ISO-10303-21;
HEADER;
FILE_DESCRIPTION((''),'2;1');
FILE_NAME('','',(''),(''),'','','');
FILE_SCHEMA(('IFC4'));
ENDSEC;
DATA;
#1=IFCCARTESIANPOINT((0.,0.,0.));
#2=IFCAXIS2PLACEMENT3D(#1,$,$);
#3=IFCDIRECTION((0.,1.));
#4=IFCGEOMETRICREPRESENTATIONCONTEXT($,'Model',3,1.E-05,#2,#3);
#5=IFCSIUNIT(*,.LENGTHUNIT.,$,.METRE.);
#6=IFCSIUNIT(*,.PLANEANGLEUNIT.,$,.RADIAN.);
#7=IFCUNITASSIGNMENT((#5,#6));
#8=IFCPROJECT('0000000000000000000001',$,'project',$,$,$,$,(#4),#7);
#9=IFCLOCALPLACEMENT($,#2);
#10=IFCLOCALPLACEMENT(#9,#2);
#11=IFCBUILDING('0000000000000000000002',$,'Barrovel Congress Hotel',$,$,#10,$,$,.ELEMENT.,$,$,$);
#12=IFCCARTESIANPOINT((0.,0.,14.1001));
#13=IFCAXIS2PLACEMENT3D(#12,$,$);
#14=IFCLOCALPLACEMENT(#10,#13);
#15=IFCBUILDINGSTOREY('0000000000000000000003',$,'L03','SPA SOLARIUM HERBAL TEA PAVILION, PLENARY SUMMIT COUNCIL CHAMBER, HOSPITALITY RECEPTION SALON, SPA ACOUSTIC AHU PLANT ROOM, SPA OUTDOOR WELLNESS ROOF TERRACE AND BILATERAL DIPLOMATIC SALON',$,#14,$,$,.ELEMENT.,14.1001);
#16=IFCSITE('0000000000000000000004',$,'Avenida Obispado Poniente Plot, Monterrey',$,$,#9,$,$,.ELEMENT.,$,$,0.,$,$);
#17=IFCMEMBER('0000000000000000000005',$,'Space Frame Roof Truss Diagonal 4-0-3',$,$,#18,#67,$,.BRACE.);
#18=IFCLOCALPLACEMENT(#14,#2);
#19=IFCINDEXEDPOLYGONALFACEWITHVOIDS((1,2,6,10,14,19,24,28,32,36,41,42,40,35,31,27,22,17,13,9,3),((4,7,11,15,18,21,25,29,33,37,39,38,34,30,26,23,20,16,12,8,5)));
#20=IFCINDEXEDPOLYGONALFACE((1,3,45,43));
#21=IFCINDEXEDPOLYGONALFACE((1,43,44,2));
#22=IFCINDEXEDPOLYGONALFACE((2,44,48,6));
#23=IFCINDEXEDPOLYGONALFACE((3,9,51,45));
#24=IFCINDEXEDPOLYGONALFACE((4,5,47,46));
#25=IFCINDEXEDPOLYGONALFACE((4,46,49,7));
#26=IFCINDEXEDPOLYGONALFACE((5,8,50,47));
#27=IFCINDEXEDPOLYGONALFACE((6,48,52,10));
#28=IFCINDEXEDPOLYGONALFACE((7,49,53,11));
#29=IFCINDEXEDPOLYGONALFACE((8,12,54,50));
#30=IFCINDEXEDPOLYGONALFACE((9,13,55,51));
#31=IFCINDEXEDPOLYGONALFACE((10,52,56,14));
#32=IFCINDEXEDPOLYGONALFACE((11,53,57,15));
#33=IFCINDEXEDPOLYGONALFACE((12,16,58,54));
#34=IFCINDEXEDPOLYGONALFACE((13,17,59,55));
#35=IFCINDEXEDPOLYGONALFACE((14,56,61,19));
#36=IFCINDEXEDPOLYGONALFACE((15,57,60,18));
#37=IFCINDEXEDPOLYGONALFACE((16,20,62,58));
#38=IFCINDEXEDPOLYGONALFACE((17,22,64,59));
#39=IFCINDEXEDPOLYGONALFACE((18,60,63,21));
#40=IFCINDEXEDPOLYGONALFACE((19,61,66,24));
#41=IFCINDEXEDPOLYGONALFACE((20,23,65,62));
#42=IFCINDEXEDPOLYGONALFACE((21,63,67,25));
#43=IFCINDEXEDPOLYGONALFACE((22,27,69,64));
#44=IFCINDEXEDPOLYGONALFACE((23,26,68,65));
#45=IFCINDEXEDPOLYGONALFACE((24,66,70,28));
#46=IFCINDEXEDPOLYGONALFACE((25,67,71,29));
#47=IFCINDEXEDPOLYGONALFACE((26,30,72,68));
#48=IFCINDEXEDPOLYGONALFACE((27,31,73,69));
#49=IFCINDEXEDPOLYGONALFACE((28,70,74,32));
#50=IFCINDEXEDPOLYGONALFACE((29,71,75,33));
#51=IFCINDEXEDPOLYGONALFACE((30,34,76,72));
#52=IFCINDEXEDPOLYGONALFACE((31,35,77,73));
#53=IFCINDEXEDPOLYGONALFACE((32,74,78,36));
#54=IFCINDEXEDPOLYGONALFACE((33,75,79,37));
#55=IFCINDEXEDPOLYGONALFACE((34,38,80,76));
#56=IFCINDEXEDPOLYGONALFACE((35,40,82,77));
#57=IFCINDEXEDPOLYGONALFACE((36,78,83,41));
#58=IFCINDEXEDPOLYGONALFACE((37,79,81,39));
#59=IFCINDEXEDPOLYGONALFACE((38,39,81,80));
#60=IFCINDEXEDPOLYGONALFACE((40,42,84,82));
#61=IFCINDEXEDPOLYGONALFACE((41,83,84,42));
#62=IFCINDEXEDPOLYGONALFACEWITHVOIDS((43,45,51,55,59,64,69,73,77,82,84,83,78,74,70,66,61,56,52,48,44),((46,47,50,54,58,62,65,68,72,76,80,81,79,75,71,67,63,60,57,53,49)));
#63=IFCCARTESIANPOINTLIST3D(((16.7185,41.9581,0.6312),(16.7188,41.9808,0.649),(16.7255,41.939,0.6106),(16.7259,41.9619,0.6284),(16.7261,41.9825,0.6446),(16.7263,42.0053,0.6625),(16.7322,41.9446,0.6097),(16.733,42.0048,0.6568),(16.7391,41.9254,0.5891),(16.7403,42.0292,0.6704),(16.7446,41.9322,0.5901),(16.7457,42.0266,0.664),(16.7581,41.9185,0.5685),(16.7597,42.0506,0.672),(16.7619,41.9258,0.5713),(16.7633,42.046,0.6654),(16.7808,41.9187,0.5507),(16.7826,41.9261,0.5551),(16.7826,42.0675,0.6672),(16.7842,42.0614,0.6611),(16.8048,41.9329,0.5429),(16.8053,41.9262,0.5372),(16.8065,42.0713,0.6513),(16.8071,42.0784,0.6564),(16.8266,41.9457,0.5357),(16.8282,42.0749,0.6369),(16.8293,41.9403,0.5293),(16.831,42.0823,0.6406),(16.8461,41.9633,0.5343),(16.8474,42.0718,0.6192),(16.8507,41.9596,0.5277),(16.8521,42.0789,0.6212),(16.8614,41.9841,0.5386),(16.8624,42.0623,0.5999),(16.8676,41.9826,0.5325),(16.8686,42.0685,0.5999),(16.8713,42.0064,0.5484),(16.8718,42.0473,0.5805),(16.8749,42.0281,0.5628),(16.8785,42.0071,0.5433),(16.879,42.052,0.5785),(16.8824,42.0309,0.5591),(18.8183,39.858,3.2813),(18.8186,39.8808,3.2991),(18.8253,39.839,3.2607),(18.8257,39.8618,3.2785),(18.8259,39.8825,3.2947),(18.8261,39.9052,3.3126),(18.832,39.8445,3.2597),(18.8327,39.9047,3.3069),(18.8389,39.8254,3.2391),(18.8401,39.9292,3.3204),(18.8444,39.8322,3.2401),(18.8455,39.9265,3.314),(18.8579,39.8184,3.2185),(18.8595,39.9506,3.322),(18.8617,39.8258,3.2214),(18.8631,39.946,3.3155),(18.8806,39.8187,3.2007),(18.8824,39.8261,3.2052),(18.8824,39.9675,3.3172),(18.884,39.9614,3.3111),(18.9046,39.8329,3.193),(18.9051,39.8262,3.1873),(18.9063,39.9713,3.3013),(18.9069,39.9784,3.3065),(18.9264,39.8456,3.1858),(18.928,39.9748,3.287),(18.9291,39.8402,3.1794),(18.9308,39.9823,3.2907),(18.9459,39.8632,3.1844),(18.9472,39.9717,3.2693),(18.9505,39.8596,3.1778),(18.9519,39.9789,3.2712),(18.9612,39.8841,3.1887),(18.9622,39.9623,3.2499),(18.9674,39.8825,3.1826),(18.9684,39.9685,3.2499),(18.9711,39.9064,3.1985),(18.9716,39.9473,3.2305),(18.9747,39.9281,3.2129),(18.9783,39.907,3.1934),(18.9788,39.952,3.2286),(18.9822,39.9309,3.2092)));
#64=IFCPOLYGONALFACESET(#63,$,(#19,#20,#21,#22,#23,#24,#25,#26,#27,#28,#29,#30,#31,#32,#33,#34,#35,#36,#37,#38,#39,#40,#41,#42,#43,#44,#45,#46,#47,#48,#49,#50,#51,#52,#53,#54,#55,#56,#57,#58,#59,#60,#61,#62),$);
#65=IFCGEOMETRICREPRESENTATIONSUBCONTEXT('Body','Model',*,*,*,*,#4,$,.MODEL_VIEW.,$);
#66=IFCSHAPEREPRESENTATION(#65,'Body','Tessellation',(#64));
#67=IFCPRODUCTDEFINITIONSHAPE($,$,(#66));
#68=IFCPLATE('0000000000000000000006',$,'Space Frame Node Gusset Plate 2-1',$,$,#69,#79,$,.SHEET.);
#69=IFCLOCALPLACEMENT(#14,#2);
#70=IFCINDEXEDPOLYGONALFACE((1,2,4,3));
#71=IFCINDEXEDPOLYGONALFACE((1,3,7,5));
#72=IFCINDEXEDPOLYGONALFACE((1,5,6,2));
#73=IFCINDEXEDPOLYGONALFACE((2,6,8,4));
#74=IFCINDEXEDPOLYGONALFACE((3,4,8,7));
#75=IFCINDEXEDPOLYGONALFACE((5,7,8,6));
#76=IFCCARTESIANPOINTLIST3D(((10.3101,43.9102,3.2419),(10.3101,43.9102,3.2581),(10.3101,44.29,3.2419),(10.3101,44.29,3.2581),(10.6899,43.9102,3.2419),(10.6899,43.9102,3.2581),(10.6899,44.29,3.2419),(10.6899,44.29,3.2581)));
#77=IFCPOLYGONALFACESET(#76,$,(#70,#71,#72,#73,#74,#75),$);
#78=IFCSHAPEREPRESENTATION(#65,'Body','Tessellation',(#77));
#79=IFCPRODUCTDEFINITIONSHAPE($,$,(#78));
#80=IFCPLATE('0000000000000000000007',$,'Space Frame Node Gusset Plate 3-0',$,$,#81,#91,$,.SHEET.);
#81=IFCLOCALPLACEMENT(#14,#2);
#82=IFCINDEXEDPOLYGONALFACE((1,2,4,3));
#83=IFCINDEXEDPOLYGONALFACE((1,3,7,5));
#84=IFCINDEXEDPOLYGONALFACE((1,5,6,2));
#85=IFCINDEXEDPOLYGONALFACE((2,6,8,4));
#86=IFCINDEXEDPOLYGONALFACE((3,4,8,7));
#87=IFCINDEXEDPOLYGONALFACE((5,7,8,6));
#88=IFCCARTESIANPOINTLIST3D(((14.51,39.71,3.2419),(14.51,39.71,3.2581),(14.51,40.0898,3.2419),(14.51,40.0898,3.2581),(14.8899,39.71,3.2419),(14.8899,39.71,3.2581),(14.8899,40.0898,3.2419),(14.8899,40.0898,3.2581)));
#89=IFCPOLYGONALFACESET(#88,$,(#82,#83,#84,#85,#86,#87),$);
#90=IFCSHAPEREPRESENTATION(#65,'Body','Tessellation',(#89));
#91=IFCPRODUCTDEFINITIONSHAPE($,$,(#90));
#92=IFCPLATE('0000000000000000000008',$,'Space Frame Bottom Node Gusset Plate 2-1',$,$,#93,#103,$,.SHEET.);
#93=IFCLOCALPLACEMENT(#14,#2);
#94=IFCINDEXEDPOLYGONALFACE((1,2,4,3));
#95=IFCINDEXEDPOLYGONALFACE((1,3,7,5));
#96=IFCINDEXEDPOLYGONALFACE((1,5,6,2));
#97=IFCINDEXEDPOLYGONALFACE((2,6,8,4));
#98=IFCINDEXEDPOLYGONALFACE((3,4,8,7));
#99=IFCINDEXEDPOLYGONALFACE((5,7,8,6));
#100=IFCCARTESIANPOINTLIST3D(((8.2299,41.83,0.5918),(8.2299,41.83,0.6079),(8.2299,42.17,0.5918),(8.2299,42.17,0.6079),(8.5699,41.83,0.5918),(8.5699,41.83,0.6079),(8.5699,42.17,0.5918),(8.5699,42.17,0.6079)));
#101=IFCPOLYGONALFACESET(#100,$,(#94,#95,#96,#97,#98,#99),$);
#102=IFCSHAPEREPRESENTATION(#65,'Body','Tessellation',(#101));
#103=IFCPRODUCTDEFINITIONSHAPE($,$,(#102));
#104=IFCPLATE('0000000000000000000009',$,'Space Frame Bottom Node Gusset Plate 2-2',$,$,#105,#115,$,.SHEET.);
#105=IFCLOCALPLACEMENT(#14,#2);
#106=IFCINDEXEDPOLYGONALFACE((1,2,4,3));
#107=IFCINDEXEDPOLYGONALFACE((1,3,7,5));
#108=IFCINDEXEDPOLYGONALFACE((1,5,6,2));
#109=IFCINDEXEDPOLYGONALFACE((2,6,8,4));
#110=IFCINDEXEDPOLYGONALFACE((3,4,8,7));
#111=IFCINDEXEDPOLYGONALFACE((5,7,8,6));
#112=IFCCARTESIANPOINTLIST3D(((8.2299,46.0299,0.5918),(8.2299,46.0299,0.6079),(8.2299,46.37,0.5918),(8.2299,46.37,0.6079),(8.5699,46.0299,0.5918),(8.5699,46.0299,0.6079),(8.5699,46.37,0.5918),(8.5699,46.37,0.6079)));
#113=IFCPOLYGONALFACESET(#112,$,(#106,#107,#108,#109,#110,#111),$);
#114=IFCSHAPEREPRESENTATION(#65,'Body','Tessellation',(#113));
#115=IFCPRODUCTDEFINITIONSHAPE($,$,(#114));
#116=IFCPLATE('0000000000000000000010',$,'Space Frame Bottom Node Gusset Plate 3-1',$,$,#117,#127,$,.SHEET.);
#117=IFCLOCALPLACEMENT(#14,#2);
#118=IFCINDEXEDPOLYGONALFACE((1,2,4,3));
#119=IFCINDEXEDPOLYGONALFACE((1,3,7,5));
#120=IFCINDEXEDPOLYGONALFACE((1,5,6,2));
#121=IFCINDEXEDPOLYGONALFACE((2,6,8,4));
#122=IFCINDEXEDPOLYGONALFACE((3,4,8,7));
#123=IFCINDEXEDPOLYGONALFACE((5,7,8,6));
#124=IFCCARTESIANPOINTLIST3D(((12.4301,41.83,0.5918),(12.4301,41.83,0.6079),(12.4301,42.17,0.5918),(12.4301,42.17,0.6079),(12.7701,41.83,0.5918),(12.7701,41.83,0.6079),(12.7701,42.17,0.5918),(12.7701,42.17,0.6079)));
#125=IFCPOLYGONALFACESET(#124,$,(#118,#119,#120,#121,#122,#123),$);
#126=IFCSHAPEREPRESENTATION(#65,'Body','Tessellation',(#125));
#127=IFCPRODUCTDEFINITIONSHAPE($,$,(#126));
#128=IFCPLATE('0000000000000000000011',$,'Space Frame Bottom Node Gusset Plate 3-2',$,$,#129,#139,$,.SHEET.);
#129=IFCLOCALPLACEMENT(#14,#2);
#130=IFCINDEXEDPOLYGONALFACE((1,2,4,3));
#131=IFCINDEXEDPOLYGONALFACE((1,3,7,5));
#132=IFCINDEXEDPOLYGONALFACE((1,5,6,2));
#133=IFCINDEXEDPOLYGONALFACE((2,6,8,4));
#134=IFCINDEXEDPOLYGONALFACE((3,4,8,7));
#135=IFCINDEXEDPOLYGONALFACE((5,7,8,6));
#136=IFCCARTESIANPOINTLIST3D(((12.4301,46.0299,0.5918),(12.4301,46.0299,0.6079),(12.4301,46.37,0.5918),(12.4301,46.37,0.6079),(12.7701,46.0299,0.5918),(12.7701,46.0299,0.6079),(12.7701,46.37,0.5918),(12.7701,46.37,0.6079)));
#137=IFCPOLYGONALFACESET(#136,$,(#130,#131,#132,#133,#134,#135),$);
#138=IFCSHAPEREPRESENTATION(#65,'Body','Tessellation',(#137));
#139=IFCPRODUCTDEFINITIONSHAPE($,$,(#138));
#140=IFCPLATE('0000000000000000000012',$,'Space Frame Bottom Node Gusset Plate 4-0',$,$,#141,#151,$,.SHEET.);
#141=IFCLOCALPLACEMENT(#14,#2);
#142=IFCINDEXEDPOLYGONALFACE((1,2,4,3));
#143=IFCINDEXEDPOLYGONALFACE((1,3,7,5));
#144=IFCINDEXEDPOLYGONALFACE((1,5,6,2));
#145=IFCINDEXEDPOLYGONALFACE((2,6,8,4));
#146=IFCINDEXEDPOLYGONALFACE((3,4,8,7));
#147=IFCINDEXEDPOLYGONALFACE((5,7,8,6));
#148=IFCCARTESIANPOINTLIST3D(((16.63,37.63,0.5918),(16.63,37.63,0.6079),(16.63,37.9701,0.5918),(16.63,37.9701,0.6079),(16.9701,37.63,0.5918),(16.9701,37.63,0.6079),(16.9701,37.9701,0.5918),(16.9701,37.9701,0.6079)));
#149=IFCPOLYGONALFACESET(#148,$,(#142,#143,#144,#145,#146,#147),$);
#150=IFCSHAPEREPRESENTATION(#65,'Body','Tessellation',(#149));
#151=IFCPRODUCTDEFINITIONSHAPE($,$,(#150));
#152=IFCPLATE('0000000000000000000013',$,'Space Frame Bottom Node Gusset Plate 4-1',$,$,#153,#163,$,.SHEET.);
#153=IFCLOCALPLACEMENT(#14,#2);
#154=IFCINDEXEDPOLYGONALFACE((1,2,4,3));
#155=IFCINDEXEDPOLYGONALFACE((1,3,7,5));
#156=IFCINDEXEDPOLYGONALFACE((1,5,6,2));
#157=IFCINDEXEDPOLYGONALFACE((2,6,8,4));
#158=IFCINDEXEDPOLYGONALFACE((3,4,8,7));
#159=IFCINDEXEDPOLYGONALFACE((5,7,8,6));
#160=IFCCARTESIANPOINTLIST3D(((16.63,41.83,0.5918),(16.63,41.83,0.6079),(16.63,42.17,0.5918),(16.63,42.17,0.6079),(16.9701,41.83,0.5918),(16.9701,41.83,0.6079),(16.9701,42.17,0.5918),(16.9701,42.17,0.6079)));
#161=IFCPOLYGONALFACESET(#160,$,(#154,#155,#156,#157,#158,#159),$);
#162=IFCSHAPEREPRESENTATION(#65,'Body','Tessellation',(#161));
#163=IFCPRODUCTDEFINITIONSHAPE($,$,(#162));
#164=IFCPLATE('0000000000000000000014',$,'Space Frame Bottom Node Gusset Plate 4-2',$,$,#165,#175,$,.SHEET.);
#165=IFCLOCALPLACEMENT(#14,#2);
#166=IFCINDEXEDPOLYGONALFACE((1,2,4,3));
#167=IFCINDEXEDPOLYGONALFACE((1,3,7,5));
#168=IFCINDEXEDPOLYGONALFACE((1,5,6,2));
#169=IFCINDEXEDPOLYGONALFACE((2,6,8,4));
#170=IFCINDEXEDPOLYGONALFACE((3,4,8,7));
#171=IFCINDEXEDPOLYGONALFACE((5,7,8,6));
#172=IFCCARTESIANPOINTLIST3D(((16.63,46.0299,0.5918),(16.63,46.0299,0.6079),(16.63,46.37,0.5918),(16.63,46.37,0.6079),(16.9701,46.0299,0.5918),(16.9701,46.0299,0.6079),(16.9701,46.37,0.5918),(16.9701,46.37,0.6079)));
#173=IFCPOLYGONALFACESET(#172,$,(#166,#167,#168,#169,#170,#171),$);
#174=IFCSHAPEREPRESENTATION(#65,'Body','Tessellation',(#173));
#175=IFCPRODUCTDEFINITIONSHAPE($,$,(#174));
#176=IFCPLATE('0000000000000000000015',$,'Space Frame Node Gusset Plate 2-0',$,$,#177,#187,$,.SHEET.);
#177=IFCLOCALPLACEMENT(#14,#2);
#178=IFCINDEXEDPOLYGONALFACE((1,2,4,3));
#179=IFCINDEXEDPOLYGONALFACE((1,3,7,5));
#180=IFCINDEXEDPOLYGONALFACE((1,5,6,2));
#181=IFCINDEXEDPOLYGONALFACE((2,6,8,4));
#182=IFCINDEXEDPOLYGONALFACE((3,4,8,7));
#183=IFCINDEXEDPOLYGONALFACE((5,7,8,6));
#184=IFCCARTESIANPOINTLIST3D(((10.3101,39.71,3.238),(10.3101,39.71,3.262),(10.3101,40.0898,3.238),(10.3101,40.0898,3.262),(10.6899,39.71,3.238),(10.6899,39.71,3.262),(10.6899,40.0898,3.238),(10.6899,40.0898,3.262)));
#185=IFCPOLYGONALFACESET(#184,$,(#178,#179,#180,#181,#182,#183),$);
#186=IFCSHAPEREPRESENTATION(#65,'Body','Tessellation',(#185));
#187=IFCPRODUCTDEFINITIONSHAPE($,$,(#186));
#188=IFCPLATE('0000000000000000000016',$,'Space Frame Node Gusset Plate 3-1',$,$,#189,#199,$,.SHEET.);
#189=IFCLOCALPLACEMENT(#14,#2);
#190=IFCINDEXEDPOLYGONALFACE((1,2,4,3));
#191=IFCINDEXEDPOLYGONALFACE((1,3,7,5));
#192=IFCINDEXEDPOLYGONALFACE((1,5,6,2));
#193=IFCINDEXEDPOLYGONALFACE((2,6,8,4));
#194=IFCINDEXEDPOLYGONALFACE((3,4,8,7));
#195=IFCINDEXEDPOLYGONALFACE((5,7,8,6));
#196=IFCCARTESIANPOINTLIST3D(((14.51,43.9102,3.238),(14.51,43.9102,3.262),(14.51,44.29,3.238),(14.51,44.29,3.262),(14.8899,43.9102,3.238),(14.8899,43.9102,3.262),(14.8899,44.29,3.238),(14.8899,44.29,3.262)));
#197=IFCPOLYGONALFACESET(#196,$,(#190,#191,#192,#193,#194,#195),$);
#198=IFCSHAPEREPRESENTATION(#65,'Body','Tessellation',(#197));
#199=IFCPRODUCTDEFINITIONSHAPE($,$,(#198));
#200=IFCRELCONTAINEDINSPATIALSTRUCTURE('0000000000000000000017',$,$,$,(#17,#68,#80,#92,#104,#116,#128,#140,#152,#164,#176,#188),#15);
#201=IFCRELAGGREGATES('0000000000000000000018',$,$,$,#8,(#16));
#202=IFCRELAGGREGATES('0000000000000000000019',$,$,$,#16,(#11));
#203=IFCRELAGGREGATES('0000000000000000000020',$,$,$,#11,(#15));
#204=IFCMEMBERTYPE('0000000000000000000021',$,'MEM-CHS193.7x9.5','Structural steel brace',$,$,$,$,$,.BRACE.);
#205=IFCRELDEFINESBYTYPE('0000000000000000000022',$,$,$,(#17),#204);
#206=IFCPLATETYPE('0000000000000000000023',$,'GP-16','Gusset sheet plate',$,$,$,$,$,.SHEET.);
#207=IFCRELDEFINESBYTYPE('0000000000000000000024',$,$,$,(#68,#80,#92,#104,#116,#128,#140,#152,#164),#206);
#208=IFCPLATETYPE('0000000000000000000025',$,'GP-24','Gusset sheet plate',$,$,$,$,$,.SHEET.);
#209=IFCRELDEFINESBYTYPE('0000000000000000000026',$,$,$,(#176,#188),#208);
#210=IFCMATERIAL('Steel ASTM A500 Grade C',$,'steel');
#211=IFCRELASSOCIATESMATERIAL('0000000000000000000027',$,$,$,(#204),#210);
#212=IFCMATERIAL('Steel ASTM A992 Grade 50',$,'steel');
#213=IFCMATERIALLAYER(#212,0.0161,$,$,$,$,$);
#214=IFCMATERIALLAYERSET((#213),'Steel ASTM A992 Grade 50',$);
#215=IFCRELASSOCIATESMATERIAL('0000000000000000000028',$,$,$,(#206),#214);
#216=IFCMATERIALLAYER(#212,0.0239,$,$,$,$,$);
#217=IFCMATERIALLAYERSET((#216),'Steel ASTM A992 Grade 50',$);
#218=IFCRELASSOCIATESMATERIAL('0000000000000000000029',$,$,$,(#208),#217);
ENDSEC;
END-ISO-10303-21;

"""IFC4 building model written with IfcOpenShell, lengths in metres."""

from ifc_helpers import new_model, si_unit, direction, frame, origin, origin_2d, place, context, subcontext, project, spatial, rectangle, hollow_circle, extrude, material, layer, layer_set, material_profile, profile_set, type_object, element, save


model = new_model("IFC4")

# Units and contexts
model_context = context("Model", 3, precision=1e-05, world=origin(), true_north=direction((0.0, 1.0)))
body_context = subcontext(model_context, "Body", "Model", "MODEL_VIEW")
ifc_project = project(units=[si_unit("LENGTHUNIT", "METRE"), si_unit("PLANEANGLEUNIT", "RADIAN")], contexts=[model_context])

# Site, building, storey
site_placement = place(None, origin())
site = spatial("IfcSite", under=ifc_project, at=site_placement, Name="Avenida Obispado Poniente Plot, Monterrey", CompositionType="ELEMENT", RefElevation=0.0)
building_placement = place(site_placement, origin())
building = spatial("IfcBuilding", under=site, at=building_placement, Name="Barrovel Congress Hotel", CompositionType="ELEMENT")
storey_placement = place(building_placement, frame((0.0, 0.0, 14.1001)))
storey = spatial("IfcBuildingStorey", under=building, at=storey_placement, Name="L03", Description="SPA SOLARIUM HERBAL TEA PAVILION, PLENARY SUMMIT COUNCIL CHAMBER, HOSPITALITY RECEPTION SALON, SPA ACOUSTIC AHU PLANT ROOM, SPA OUTDOOR WELLNESS ROOF TERRACE AND BILATERAL DIPLOMATIC SALON", CompositionType="ELEMENT", Elevation=14.1001)

# Member
ifc_material_1 = material(Name="Steel ASTM A500 Grade C", Category="steel")
ifc_material_profile_1 = material_profile(ifc_material_1, hollow_circle(Radius=0.0969, WallThickness=0.0088, at=origin_2d()), Name="CHS193.7x9.5")
ifc_profile_set_1 = profile_set([ifc_material_profile_1], Name="Steel ASTM A500 Grade C")
member_type_1 = type_object("IfcMemberType", Name="MEM-CHS193.7x9.5", Description="Structural steel brace", PredefinedType="BRACE", material=ifc_profile_set_1)
for number, where, z_axis, x_axis, name in (
    (1, (16.8, 42.0, 0.5999), (0.527557, -0.527618, 0.66581), (0.707148, 0.707066, 0.0), "Space Frame Roof Truss Diagonal 4-0-3"),
):
    element("IfcMember", number, at=place(storey_placement, frame(where, z_axis=z_axis, x_axis=x_axis)), inside=storey, type_object=member_type_1, Name=name, PredefinedType="BRACE", context=body_context, shape_type="SweptSolid", body=[
        extrude(hollow_circle(Radius=0.0969, WallThickness=0.0088, at=origin_2d()), origin(), (0.0, 0.0, 1.0), 3.9802),
    ])

# Plates
ifc_material_2 = material(Name="Steel ASTM A992 Grade 50", Category="steel")
ifc_layer_1 = layer(ifc_material_2, 0.0161)
ifc_layer_set_1 = layer_set([ifc_layer_1], Name="Steel ASTM A992 Grade 50")
plate_type_1 = type_object("IfcPlateType", Name="GP-16", Description="Gusset sheet plate", PredefinedType="SHEET", material=ifc_layer_set_1)
for number, where, z_axis, x_axis, name in (
    (2, (10.5, 44.1001, 3.2419), (0.0, 0.0, 1.0), (1.0, 0.0, 0.0), "Space Frame Node Gusset Plate 2-1"),
    (3, (14.7, 39.8999, 3.2419), (0.0, 0.0, 1.0), (1.0, 0.0, 0.0), "Space Frame Node Gusset Plate 3-0"),
):
    element("IfcPlate", number, at=place(storey_placement, frame(where, z_axis=z_axis, x_axis=x_axis)), inside=storey, type_object=plate_type_1, Name=name, PredefinedType="SHEET", context=body_context, shape_type="SweptSolid", body=[
        extrude(rectangle(XDim=0.3799, YDim=0.3799, at=origin_2d()), origin(), (0.0, 0.0, 1.0), 0.0161),
    ])
for number, where, z_axis, x_axis, name in (
    (4, (8.3999, 42.0, 0.5918), (0.0, 0.0, 1.0), (1.0, 0.0, 0.0), "Space Frame Bottom Node Gusset Plate 2-1"),
    (5, (8.3999, 46.2, 0.5918), (0.0, 0.0, 1.0), (1.0, 0.0, 0.0), "Space Frame Bottom Node Gusset Plate 2-2"),
    (6, (12.6001, 42.0, 0.5918), (0.0, 0.0, 1.0), (1.0, 0.0, 0.0), "Space Frame Bottom Node Gusset Plate 3-1"),
    (7, (12.6001, 46.2, 0.5918), (0.0, 0.0, 1.0), (1.0, 0.0, 0.0), "Space Frame Bottom Node Gusset Plate 3-2"),
    (8, (16.8, 37.8, 0.5918), (0.0, 0.0, 1.0), (1.0, 0.0, 0.0), "Space Frame Bottom Node Gusset Plate 4-0"),
    (9, (16.8, 42.0, 0.5918), (0.0, 0.0, 1.0), (1.0, 0.0, 0.0), "Space Frame Bottom Node Gusset Plate 4-1"),
    (10, (16.8, 46.2, 0.5918), (0.0, 0.0, 1.0), (1.0, 0.0, 0.0), "Space Frame Bottom Node Gusset Plate 4-2"),
):
    element("IfcPlate", number, at=place(storey_placement, frame(where, z_axis=z_axis, x_axis=x_axis)), inside=storey, type_object=plate_type_1, Name=name, PredefinedType="SHEET", context=body_context, shape_type="SweptSolid", body=[
        extrude(rectangle(XDim=0.3401, YDim=0.3401, at=origin_2d()), origin(), (0.0, 0.0, 1.0), 0.0161),
    ])
ifc_layer_2 = layer(ifc_material_2, 0.0239)
ifc_layer_set_2 = layer_set([ifc_layer_2], Name="Steel ASTM A992 Grade 50")
plate_type_2 = type_object("IfcPlateType", Name="GP-24", Description="Gusset sheet plate", PredefinedType="SHEET", material=ifc_layer_set_2)
for number, where, z_axis, x_axis, name in (
    (11, (10.5, 39.8999, 3.238), (0.0, 0.0, 1.0), (1.0, 0.0, 0.0), "Space Frame Node Gusset Plate 2-0"),
    (12, (14.7, 44.1001, 3.238), (0.0, 0.0, 1.0), (1.0, 0.0, 0.0), "Space Frame Node Gusset Plate 3-1"),
):
    element("IfcPlate", number, at=place(storey_placement, frame(where, z_axis=z_axis, x_axis=x_axis)), inside=storey, type_object=plate_type_2, Name=name, PredefinedType="SHEET", context=body_context, shape_type="SweptSolid", body=[
        extrude(rectangle(XDim=0.3799, YDim=0.3799, at=origin_2d()), origin(), (0.0, 0.0, 1.0), 0.0239),
    ])

save(model, "model.ifc")
